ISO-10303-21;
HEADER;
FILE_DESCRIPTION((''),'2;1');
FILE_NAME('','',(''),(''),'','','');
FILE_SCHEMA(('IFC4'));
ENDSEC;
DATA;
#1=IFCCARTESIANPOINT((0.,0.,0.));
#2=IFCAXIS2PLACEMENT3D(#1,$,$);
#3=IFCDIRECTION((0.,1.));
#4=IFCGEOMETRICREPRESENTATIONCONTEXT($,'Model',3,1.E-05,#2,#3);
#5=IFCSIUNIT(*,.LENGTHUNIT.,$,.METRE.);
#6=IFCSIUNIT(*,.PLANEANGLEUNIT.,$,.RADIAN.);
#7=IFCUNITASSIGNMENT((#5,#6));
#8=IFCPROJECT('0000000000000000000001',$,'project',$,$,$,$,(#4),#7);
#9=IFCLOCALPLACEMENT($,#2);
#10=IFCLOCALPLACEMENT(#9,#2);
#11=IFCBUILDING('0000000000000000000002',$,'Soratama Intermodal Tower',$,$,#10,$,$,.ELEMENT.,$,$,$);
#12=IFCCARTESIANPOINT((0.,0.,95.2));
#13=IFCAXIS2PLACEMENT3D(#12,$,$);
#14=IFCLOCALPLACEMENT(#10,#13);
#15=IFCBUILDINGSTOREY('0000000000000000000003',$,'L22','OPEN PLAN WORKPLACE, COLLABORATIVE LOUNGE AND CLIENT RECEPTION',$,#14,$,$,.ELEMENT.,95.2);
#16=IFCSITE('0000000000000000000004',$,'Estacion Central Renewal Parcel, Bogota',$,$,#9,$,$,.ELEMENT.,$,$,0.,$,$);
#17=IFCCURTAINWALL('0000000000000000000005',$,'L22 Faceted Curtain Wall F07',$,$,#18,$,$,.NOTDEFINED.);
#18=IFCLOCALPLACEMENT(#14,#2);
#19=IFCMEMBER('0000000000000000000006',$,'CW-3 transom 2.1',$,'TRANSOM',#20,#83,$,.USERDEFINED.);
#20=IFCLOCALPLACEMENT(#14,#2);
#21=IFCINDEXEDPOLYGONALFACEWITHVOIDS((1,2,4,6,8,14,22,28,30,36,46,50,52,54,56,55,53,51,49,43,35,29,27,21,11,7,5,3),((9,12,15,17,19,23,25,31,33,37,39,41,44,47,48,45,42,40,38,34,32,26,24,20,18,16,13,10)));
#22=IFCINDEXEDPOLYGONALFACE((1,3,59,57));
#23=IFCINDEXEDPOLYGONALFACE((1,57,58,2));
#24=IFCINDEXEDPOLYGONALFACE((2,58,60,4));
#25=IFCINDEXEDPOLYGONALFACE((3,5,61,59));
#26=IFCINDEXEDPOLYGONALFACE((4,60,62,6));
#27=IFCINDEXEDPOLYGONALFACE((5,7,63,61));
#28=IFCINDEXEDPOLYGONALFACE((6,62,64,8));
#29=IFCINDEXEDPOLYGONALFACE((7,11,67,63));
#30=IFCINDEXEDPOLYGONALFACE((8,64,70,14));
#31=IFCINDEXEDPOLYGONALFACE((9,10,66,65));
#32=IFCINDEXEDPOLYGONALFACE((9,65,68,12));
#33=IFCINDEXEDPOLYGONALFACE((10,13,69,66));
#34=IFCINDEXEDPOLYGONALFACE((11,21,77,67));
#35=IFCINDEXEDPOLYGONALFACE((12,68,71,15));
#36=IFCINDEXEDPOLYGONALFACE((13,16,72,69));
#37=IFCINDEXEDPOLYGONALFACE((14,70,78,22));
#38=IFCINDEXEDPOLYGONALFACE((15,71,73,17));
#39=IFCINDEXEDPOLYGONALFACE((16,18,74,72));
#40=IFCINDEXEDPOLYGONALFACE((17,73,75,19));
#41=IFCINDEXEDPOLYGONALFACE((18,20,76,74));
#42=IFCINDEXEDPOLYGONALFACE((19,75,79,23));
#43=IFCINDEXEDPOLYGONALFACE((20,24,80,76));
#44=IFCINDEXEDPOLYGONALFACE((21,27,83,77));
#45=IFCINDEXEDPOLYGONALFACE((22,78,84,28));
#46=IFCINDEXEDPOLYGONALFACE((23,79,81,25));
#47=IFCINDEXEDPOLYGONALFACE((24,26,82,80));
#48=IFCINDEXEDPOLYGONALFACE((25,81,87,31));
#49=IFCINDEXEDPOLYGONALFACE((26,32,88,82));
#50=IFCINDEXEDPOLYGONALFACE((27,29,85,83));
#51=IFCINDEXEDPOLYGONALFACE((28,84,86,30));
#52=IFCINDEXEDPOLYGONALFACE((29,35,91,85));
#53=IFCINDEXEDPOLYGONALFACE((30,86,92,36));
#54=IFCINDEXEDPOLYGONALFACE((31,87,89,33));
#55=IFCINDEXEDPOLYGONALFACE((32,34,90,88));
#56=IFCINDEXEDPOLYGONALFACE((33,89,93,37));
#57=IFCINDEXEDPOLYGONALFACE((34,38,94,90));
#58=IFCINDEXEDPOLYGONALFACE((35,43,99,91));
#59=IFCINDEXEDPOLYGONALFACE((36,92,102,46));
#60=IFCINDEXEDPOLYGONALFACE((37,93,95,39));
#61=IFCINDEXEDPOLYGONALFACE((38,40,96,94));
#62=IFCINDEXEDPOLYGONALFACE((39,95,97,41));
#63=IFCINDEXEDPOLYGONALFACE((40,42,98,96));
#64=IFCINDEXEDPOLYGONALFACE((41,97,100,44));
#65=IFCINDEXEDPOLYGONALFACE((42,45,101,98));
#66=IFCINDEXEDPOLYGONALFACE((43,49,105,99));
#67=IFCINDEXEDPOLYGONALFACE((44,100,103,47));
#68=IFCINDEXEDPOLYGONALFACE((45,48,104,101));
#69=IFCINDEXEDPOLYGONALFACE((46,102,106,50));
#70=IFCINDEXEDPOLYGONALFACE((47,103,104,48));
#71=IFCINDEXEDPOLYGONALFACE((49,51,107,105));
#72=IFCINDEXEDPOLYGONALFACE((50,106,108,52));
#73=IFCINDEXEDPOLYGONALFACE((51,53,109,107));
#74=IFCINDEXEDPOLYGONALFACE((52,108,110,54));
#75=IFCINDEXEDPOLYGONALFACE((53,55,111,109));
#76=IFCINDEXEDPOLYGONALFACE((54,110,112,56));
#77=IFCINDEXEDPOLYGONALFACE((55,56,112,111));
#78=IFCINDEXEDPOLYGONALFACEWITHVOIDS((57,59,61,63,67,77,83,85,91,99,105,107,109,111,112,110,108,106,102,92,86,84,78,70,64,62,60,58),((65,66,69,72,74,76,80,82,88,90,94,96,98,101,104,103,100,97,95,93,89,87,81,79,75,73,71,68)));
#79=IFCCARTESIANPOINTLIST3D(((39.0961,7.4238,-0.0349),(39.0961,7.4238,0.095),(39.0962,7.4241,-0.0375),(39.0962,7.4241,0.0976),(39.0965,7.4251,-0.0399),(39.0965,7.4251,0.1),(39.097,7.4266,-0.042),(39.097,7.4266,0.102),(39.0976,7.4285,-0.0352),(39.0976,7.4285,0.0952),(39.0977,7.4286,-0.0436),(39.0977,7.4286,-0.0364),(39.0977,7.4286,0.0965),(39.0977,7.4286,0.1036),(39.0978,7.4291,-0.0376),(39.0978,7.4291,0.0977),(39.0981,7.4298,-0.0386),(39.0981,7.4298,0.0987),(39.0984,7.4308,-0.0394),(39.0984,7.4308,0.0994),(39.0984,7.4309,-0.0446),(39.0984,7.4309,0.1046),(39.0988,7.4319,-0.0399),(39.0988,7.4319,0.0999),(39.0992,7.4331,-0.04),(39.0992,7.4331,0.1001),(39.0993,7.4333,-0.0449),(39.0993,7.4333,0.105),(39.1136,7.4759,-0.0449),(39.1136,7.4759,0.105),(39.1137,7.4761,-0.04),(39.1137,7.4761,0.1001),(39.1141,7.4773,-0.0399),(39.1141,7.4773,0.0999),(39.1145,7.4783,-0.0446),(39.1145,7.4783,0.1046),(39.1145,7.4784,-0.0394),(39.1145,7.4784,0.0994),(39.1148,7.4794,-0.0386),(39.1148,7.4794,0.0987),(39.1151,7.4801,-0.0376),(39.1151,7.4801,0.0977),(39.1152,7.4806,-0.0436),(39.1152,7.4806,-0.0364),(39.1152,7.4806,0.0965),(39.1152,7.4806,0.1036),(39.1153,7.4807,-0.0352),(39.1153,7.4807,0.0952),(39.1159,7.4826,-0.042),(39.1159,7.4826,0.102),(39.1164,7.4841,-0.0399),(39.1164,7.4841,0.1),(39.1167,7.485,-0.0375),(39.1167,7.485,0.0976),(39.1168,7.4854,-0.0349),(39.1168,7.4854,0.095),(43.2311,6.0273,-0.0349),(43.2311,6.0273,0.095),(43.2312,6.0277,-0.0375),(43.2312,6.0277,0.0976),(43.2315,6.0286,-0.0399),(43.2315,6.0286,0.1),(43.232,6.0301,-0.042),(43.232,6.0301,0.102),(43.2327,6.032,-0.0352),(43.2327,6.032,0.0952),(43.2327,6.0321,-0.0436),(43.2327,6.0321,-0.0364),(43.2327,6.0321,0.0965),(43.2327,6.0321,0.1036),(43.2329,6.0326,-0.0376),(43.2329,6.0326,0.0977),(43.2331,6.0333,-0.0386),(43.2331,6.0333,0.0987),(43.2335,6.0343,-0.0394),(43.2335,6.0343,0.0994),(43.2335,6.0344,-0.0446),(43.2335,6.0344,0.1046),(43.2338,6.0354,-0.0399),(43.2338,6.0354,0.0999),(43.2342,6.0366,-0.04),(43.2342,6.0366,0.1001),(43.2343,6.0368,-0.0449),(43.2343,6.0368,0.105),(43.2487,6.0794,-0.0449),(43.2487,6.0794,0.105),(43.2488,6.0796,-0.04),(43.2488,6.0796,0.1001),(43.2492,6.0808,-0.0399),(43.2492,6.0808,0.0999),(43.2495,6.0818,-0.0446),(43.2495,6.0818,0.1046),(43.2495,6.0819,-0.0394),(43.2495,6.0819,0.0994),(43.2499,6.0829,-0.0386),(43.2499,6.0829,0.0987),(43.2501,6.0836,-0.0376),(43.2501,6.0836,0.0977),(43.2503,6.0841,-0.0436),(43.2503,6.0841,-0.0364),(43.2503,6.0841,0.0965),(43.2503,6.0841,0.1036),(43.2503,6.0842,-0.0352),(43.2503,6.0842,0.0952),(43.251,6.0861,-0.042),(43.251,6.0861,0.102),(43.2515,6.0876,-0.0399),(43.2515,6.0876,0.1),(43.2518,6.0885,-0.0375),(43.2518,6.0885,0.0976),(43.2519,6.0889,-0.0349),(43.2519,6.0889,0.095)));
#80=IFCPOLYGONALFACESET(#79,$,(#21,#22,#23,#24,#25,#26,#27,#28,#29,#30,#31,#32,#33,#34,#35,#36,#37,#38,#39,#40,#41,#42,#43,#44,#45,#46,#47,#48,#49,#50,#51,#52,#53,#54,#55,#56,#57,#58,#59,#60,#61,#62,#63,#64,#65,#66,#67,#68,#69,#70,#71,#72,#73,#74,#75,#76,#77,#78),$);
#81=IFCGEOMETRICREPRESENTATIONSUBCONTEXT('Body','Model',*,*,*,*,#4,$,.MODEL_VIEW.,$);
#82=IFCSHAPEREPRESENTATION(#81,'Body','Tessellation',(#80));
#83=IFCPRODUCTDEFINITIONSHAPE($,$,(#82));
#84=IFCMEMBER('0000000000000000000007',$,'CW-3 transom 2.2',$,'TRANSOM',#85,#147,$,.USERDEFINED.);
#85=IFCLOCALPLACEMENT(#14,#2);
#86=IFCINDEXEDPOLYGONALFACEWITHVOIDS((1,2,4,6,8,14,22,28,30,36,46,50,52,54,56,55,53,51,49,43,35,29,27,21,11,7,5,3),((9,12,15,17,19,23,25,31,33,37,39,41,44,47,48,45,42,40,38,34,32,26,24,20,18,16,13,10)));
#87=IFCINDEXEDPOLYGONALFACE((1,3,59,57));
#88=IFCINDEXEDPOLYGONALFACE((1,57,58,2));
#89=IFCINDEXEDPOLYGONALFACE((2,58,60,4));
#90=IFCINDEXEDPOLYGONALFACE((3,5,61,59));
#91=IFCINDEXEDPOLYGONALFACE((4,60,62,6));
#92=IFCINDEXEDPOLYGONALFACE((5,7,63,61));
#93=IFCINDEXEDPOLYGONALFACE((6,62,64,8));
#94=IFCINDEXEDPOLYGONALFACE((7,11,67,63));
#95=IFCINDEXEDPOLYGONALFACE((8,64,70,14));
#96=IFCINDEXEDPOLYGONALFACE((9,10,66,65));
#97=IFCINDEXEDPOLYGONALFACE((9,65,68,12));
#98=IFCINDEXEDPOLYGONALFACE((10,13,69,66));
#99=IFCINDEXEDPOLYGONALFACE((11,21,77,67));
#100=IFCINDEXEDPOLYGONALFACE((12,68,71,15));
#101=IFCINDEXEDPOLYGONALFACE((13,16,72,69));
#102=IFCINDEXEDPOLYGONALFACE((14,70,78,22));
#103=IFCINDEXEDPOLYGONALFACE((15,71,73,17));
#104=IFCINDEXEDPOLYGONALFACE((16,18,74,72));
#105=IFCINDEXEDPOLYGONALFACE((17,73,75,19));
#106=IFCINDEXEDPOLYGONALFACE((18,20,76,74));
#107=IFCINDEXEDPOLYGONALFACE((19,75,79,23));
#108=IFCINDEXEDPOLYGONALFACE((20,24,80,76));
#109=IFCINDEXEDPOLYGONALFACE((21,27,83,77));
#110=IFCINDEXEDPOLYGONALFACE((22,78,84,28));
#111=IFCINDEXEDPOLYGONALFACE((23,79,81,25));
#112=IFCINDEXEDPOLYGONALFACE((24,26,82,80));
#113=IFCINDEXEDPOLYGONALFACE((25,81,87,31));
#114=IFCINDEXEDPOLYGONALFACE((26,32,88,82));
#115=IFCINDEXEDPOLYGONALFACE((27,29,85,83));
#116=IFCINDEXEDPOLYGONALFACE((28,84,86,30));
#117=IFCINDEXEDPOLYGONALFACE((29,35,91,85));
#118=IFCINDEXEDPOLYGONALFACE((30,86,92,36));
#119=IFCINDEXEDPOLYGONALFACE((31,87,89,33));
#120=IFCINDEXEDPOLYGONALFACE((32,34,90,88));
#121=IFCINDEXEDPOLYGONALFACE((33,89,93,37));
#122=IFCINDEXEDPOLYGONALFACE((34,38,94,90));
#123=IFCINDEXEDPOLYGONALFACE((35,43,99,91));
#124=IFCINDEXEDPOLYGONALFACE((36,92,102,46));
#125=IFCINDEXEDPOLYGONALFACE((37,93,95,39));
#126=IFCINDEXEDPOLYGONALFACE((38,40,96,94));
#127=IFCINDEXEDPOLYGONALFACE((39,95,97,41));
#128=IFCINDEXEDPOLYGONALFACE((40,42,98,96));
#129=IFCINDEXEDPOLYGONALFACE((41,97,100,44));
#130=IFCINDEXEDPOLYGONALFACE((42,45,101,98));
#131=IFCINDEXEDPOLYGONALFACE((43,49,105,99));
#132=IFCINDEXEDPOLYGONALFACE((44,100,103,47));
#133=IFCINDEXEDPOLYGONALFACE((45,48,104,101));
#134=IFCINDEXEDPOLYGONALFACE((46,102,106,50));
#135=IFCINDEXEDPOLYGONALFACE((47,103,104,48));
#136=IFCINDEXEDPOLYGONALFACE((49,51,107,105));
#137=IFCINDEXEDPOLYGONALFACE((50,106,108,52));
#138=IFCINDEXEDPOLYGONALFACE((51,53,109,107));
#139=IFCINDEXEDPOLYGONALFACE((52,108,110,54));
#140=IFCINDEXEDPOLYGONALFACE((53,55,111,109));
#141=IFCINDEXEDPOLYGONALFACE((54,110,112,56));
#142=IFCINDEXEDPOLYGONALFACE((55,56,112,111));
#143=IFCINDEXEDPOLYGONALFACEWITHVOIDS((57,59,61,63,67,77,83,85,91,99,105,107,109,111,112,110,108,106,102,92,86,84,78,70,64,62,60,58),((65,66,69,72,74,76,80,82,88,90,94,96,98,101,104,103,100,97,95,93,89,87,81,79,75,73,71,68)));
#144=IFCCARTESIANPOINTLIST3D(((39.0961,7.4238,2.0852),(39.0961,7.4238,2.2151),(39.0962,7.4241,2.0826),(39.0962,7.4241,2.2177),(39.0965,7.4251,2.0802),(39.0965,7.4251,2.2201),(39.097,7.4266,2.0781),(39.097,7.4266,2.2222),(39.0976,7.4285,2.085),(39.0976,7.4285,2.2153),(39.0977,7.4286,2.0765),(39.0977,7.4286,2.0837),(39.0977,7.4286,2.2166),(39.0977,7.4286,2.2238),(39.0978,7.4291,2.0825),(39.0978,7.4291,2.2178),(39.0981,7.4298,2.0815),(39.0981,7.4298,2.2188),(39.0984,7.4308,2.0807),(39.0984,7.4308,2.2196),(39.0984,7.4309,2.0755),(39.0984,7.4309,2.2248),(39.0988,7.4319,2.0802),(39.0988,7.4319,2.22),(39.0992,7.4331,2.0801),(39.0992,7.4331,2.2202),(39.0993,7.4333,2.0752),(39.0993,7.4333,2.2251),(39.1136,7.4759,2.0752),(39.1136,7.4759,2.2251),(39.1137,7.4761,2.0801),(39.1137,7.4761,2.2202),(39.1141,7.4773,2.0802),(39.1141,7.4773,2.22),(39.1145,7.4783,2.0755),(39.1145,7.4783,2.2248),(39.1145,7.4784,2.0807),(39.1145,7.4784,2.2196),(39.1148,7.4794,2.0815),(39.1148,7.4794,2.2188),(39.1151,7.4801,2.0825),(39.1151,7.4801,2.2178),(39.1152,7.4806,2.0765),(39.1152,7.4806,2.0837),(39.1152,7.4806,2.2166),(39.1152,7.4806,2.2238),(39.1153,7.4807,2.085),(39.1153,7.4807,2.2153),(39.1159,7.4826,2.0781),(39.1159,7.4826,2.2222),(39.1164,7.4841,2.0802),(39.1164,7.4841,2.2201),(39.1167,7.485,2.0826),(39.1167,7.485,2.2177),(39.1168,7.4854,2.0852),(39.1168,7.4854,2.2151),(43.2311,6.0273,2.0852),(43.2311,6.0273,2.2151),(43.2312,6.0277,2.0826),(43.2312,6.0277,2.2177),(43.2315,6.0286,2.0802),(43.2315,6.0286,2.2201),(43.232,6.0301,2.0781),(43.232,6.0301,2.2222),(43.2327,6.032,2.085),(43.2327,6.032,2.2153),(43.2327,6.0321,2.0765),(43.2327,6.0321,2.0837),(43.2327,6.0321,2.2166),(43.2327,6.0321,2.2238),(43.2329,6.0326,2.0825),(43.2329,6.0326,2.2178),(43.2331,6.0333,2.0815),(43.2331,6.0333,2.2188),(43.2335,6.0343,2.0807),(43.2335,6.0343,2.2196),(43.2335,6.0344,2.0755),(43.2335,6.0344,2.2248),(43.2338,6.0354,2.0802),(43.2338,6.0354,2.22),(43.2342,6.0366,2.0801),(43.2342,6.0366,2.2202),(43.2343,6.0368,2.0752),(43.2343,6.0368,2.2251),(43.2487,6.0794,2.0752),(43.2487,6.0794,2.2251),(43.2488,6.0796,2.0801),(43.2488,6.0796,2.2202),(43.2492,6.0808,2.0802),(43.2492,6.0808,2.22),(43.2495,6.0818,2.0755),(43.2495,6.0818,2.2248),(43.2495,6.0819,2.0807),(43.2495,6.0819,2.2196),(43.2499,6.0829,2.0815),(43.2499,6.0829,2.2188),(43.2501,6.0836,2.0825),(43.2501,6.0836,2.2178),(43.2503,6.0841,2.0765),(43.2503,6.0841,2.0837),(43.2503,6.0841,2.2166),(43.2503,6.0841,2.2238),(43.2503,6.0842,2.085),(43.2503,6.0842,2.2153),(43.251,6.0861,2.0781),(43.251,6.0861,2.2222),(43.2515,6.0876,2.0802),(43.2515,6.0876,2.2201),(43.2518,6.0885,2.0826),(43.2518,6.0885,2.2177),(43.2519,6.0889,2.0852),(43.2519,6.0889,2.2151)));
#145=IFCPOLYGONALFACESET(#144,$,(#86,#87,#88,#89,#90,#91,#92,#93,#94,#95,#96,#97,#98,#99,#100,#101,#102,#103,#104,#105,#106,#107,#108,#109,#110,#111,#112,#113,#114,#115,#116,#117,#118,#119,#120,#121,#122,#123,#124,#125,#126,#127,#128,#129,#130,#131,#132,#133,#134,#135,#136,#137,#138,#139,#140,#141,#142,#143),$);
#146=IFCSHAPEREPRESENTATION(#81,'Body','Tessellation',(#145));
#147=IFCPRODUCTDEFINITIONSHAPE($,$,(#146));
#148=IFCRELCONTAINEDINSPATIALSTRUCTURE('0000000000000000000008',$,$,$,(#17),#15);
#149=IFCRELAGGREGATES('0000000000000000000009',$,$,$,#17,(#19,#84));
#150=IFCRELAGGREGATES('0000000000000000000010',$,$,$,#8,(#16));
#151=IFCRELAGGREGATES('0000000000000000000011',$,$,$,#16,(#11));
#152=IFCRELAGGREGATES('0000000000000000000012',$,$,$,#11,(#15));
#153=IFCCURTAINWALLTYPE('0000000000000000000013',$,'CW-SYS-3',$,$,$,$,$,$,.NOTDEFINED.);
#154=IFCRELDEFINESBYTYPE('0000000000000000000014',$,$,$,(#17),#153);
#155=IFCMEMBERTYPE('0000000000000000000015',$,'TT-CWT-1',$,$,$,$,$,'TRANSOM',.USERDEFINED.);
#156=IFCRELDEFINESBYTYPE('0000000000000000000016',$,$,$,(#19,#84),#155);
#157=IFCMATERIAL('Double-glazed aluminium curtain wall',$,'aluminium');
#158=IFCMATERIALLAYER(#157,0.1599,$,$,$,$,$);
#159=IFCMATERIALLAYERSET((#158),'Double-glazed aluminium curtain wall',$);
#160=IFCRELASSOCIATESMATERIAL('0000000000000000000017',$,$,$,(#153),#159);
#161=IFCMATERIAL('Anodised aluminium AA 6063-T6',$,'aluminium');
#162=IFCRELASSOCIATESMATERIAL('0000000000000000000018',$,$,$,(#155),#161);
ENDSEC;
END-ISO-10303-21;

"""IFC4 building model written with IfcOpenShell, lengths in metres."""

from ifc_helpers import new_model, si_unit, direction, frame, origin, origin_2d, place, context, subcontext, project, spatial, hollow_rectangle, extrude, material, layer, layer_set, material_profile, profile_set, type_object, element, aggregate, save


model = new_model("IFC4")

# Units and contexts
model_context = context("Model", 3, precision=1e-05, world=origin(), true_north=direction((0.0, 1.0)))
body_context = subcontext(model_context, "Body", "Model", "MODEL_VIEW")
ifc_project = project(units=[si_unit("LENGTHUNIT", "METRE"), si_unit("PLANEANGLEUNIT", "RADIAN")], contexts=[model_context])

# Site, building, storey
site_placement = place(None, origin())
site = spatial("IfcSite", under=ifc_project, at=site_placement, Name="Estacion Central Renewal Parcel, Bogota", CompositionType="ELEMENT", RefElevation=0.0)
building_placement = place(site_placement, origin())
building = spatial("IfcBuilding", under=site, at=building_placement, Name="Soratama Intermodal Tower", CompositionType="ELEMENT")
storey_placement = place(building_placement, frame((0.0, 0.0, 95.2)))
storey = spatial("IfcBuildingStorey", under=building, at=storey_placement, Name="L22", Description="OPEN PLAN WORKPLACE, COLLABORATIVE LOUNGE AND CLIENT RECEPTION", CompositionType="ELEMENT", Elevation=95.2)

# Curtain wall, members
ifc_material_1 = material(Name="Double-glazed aluminium curtain wall", Category="aluminium")
ifc_layer_1 = layer(ifc_material_1, 0.1599)
ifc_layer_set_1 = layer_set([ifc_layer_1], Name="Double-glazed aluminium curtain wall")
curtain_wall_type = type_object("IfcCurtainWallType", Name="CW-SYS-3", PredefinedType="NOTDEFINED", material=ifc_layer_set_1)
curtain_wall_placement = place(storey_placement, origin())
curtain_wall = element("IfcCurtainWall", 1, at=curtain_wall_placement, inside=storey, type_object=curtain_wall_type, Name="L22 Faceted Curtain Wall F07", PredefinedType="NOTDEFINED")
ifc_material_2 = material(Name="Anodised aluminium AA 6063-T6", Category="aluminium")
ifc_material_profile_1 = material_profile(ifc_material_2, hollow_rectangle(XDim=0.0649, YDim=0.1499, WallThickness=0.0049, InnerFilletRadius=0.0049, OuterFilletRadius=0.01, at=origin_2d()), Name="CWT150X65X5")
ifc_profile_set_1 = profile_set([ifc_material_profile_1], Name="Anodised aluminium AA 6063-T6")
member_type_1 = type_object("IfcMemberType", Name="TT-CWT-1", ElementType="TRANSOM", PredefinedType="USERDEFINED", material=ifc_profile_set_1)
member_1_placement = place(storey_placement, frame((39.1064, 7.4546, 0.03), z_axis=(0.947428, -0.319968, 0.0), x_axis=(0.319968, 0.947428, 0.0)))
member_1 = element("IfcMember", 2, at=member_1_placement, type_object=member_type_1, Name="CW-3 transom 2.1", ObjectType="TRANSOM", PredefinedType="USERDEFINED", context=body_context, shape_type="SweptSolid", body=[
    extrude(hollow_rectangle(XDim=0.0649, YDim=0.1499, WallThickness=0.0049, InnerFilletRadius=0.0049, OuterFilletRadius=0.01, at=origin_2d()), origin(), (0.0, 0.0, 1.0), 4.3645),
])
member_2_placement = place(storey_placement, frame((39.1064, 7.4546, 2.1501), z_axis=(0.947428, -0.319968, 0.0), x_axis=(0.319968, 0.947428, 0.0)))
member_2 = element("IfcMember", 3, at=member_2_placement, type_object=member_type_1, Name="CW-3 transom 2.2", ObjectType="TRANSOM", PredefinedType="USERDEFINED", context=body_context, shape_type="SweptSolid", body=[
    extrude(hollow_rectangle(XDim=0.0649, YDim=0.1499, WallThickness=0.0049, InnerFilletRadius=0.0049, OuterFilletRadius=0.01, at=origin_2d()), origin(), (0.0, 0.0, 1.0), 4.3645),
])
aggregate(curtain_wall, [member_1, member_2])

save(model, "model.ifc")
